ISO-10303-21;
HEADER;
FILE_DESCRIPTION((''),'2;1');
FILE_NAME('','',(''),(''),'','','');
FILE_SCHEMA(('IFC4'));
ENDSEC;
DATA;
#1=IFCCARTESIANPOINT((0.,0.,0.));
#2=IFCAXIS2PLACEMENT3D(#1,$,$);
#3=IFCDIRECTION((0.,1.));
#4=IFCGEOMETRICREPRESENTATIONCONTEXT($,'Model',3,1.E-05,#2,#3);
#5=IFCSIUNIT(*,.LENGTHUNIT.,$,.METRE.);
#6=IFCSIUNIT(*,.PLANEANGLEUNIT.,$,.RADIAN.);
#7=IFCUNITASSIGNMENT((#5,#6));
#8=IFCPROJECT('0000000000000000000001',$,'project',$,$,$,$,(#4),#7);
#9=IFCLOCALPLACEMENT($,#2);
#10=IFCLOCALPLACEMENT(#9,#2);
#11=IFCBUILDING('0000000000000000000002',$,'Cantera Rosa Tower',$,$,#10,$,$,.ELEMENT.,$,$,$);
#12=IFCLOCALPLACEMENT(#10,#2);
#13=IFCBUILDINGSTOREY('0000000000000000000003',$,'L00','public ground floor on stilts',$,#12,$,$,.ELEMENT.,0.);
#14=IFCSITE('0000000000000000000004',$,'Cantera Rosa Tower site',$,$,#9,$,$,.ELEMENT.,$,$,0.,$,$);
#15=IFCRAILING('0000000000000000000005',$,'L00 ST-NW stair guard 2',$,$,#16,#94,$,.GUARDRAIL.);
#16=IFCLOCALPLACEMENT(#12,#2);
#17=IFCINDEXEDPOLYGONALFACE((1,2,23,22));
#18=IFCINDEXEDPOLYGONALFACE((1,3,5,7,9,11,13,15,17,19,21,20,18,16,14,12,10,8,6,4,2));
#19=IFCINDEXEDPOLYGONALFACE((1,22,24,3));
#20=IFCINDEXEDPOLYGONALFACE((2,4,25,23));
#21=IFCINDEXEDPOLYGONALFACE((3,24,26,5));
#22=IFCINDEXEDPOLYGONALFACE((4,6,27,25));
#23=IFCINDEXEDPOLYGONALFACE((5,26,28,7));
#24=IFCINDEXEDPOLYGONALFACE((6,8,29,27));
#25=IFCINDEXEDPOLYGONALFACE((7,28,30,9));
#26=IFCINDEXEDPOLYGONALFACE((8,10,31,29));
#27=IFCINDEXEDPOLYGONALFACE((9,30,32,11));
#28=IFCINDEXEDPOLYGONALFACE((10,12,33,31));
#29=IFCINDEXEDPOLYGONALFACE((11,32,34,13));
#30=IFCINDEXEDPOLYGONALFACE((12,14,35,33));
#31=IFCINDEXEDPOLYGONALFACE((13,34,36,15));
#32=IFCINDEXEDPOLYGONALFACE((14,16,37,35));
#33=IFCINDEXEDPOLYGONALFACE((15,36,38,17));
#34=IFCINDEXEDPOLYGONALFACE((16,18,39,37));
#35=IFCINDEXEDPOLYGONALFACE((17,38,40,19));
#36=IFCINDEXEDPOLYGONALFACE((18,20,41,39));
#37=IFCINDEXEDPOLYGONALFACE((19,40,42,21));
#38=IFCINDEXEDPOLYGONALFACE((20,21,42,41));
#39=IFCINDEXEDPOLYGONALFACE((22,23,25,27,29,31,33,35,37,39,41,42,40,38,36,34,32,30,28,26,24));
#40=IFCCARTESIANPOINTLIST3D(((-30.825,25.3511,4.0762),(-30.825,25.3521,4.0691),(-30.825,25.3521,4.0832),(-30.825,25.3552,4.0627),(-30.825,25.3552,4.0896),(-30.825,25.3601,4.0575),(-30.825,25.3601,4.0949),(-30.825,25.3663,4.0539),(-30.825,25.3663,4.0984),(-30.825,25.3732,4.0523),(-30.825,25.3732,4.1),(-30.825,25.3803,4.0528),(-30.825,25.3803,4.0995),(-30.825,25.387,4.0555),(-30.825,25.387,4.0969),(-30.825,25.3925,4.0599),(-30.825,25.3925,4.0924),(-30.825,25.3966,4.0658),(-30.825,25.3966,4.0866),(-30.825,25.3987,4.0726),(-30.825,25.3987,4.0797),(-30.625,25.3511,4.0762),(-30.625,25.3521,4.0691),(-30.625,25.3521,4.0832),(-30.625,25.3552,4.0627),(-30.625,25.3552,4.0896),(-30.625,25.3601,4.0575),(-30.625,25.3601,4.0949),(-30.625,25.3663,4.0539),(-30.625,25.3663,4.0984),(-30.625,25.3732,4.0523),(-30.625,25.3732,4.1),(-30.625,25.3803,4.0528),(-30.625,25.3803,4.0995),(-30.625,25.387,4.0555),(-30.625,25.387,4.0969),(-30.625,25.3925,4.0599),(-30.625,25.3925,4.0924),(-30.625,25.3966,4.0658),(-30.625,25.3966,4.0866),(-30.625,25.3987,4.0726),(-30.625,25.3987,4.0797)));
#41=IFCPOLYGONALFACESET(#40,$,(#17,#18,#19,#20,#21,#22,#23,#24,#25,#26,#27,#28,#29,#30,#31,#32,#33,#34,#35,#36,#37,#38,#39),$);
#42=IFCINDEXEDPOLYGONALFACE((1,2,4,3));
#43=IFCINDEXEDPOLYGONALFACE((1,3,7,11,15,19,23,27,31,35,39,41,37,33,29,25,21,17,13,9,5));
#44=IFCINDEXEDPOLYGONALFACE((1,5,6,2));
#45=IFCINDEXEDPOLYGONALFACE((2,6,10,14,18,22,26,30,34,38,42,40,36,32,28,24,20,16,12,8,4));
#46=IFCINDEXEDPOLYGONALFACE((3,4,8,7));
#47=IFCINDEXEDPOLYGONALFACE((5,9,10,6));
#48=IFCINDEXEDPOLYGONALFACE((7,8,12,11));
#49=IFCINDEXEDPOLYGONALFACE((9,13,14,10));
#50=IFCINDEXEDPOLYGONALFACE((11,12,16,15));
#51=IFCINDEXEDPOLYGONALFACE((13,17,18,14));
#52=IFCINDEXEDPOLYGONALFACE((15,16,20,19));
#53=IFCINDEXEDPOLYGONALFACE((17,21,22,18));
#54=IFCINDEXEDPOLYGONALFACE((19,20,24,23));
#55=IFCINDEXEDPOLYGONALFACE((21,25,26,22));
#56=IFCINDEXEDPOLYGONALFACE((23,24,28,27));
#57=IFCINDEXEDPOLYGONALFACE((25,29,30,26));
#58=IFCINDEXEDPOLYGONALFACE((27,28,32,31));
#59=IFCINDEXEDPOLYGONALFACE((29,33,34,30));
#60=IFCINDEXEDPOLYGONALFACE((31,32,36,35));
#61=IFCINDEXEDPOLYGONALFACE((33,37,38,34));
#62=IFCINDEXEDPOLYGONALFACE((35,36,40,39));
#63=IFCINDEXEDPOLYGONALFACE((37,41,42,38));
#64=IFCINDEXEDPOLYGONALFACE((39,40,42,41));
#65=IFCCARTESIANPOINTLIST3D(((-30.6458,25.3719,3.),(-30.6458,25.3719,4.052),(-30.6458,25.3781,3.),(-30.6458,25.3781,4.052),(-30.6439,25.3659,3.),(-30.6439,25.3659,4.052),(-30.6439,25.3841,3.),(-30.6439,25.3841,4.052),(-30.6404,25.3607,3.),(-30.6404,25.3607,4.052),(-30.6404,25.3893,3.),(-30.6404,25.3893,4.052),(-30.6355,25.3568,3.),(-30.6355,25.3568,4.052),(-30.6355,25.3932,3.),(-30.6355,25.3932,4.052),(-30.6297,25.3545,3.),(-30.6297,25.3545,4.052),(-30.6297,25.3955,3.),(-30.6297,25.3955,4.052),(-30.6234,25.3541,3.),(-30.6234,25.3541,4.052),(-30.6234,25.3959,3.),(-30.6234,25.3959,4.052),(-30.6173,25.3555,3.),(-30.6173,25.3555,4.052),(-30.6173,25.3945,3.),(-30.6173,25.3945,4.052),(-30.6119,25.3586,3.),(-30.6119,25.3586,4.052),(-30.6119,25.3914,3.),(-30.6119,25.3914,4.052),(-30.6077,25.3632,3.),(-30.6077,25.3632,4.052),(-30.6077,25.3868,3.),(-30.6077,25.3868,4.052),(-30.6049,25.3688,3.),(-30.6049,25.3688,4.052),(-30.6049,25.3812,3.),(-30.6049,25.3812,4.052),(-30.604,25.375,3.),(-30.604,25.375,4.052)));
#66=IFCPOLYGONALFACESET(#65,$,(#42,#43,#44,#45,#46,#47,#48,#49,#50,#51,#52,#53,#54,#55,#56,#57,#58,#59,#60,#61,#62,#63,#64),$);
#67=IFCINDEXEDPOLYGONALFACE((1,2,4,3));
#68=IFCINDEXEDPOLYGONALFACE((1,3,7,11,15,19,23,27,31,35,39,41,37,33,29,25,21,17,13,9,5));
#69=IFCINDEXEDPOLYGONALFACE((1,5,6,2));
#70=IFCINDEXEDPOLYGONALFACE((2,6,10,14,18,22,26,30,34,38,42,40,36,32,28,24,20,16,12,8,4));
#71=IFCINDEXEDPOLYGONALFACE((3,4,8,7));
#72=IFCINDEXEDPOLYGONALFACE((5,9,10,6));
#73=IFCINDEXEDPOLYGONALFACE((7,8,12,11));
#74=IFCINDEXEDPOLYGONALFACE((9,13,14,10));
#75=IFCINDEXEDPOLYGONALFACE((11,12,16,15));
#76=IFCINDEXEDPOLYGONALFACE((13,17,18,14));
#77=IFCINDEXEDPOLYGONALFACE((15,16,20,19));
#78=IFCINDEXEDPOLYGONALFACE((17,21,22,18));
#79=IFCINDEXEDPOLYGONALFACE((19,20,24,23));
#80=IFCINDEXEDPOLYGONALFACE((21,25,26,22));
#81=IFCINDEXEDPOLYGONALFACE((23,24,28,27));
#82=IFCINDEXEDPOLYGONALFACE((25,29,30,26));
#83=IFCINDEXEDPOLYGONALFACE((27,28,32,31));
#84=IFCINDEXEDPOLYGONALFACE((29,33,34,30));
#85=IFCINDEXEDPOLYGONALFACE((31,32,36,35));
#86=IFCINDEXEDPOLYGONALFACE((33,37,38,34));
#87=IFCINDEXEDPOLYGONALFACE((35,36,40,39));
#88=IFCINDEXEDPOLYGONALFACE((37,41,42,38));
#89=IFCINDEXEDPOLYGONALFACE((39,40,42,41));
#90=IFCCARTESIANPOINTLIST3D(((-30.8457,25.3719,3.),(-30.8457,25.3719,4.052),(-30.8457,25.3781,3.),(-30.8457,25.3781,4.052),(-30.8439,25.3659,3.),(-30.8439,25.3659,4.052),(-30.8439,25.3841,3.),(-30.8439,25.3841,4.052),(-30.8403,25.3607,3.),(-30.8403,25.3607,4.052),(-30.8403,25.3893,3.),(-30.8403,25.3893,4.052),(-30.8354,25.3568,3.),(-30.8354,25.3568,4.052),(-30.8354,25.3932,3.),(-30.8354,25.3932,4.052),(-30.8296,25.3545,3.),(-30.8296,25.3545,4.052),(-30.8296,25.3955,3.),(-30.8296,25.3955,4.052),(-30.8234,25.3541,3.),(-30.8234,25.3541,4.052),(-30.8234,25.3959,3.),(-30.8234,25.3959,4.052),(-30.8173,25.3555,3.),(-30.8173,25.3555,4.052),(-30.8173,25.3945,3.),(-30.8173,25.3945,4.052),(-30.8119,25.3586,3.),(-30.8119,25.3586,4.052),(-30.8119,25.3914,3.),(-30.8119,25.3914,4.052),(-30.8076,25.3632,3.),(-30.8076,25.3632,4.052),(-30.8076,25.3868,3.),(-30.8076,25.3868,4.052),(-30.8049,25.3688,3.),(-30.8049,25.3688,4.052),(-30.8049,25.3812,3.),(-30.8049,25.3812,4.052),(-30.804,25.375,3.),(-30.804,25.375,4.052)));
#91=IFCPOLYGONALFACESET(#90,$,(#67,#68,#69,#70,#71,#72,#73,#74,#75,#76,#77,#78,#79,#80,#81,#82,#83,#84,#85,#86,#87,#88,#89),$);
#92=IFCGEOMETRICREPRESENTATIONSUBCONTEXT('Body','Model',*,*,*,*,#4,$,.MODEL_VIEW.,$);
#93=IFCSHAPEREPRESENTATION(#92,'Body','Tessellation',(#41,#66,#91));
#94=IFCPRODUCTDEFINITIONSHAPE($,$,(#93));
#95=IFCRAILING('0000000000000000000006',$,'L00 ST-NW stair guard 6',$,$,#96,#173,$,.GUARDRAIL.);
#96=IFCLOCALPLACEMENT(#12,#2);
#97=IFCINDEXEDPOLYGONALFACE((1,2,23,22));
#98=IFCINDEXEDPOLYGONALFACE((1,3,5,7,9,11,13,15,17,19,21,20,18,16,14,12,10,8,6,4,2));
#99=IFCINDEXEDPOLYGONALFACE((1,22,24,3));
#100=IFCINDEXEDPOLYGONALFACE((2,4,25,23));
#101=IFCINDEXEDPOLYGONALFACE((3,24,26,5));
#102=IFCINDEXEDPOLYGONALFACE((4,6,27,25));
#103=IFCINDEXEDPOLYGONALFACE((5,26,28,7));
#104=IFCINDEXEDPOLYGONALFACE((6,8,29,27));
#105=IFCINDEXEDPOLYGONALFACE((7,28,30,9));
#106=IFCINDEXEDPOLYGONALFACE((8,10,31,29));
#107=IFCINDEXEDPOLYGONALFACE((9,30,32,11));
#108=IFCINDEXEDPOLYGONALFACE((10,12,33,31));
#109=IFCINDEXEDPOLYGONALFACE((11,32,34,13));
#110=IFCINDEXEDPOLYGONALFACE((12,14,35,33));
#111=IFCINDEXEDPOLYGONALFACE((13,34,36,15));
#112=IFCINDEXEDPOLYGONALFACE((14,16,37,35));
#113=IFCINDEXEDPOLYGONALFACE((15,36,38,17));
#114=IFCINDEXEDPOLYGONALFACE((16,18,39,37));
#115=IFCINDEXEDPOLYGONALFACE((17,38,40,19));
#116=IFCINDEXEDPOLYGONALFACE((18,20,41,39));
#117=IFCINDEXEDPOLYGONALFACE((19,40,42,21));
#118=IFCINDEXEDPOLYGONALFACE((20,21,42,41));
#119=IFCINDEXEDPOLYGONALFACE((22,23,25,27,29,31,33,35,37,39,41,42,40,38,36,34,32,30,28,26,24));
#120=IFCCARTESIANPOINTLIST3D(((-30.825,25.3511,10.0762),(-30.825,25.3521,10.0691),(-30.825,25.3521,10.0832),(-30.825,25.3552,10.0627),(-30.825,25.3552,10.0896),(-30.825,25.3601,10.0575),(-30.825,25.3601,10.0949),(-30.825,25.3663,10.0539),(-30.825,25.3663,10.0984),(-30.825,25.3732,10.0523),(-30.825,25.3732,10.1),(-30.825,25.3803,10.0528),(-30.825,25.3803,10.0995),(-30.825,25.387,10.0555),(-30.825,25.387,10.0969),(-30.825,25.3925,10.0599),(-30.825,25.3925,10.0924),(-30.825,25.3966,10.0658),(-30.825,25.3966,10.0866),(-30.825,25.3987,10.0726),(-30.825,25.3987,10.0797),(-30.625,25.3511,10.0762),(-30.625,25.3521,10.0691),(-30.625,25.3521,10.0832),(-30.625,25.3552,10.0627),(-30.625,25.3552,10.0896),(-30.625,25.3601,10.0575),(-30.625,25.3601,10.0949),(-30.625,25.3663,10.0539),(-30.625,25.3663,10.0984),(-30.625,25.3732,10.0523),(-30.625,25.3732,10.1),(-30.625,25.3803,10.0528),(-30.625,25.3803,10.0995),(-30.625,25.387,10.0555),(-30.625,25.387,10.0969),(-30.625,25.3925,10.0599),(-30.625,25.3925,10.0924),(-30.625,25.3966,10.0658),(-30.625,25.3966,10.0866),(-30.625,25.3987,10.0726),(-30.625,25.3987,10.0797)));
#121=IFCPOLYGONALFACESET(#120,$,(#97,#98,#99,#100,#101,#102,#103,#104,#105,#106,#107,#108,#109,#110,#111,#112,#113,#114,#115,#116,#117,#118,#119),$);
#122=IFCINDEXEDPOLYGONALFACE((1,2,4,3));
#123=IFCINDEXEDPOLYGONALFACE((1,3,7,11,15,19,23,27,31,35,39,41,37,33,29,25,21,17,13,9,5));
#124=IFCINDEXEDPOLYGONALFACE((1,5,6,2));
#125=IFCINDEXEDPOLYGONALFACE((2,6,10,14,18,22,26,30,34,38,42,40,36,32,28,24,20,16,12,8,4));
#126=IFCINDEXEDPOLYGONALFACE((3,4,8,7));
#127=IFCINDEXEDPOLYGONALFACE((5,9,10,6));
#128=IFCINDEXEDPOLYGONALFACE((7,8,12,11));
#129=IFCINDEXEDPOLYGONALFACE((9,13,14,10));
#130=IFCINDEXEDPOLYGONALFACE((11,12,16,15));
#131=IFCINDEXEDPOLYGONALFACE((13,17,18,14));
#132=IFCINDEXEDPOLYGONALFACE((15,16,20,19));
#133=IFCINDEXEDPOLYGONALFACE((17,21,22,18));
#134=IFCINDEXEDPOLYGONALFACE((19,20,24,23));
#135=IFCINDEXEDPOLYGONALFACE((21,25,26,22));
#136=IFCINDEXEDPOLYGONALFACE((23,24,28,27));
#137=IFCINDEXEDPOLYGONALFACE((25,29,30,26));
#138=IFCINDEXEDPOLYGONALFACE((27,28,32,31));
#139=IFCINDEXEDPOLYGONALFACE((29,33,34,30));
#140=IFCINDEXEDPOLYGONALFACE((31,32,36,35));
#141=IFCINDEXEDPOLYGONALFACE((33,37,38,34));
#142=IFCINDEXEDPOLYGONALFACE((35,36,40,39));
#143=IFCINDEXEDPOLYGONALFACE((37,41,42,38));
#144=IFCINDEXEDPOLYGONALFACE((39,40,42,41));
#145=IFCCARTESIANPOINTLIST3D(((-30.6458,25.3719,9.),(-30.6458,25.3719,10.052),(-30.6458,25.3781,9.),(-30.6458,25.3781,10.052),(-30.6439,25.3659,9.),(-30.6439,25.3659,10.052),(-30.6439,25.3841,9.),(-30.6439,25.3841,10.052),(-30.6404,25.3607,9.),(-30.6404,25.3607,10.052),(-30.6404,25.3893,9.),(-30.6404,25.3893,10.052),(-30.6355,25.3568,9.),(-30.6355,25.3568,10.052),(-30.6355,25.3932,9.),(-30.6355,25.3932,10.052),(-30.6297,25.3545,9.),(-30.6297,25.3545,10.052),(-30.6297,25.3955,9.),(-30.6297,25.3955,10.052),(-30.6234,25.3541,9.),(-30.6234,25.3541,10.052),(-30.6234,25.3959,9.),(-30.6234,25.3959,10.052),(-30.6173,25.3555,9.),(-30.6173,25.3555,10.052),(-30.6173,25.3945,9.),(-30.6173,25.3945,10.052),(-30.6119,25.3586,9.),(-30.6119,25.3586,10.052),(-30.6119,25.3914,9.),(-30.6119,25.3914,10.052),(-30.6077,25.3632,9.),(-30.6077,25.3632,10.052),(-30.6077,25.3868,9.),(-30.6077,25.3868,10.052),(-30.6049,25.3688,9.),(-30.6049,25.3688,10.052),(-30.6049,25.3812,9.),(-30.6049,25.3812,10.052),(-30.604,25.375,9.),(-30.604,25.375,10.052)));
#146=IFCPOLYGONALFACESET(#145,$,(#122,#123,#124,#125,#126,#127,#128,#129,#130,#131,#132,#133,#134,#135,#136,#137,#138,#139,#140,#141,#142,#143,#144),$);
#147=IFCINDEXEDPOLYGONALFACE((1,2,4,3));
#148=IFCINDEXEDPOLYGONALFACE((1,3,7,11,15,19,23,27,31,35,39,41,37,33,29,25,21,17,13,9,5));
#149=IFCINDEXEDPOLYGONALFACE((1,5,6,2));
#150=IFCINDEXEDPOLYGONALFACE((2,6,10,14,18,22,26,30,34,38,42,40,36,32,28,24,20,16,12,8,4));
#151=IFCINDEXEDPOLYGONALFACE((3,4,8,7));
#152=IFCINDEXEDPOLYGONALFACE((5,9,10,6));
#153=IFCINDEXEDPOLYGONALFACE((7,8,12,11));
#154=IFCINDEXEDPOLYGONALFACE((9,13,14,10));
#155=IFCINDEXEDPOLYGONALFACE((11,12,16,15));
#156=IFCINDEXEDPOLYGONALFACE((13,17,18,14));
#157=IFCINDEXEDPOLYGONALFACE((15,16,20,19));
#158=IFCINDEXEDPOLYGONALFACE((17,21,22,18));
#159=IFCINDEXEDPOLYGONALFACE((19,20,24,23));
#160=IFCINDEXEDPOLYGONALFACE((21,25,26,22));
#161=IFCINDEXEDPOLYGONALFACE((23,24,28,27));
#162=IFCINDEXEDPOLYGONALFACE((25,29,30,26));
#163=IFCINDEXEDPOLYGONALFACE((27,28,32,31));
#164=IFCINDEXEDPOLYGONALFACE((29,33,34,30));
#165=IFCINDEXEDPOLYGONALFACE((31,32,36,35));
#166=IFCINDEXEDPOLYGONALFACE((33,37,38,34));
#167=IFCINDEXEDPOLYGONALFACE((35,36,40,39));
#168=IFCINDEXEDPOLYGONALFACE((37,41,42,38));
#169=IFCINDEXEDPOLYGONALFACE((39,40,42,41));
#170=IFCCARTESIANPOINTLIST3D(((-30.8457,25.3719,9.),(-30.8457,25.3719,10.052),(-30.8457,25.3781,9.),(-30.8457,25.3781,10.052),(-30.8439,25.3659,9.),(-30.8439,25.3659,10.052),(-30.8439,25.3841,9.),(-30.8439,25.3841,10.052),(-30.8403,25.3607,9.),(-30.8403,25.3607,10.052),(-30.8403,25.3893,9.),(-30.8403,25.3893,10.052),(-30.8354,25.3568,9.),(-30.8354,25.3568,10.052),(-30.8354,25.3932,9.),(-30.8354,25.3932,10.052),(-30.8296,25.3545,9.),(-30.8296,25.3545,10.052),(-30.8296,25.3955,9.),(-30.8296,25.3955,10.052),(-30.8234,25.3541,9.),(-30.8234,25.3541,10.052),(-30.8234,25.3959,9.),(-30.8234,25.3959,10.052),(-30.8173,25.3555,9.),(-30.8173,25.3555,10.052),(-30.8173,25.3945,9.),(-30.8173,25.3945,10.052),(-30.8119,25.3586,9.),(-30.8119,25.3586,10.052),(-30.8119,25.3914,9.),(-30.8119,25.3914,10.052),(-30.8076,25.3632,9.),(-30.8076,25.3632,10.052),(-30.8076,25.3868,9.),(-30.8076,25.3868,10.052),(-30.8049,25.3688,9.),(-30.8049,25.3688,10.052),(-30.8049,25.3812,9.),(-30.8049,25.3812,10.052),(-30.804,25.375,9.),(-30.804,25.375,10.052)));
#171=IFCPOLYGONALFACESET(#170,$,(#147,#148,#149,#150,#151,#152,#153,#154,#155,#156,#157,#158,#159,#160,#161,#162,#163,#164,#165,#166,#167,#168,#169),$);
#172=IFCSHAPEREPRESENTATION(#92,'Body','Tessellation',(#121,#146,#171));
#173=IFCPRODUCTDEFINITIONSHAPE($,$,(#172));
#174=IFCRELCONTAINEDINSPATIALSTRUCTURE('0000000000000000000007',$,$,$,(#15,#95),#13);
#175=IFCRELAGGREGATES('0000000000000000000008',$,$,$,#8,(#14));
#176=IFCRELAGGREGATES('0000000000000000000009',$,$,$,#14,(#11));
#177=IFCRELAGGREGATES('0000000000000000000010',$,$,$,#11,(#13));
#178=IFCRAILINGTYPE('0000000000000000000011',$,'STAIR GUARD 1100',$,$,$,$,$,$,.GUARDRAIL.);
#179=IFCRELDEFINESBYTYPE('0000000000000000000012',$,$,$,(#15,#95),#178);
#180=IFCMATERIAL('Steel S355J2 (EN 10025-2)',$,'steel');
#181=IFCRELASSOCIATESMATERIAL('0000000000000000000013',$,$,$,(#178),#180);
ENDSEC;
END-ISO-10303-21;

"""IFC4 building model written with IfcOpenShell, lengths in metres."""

from ifc_helpers import new_model, si_unit, direction, frame, origin, origin_2d, place, context, subcontext, project, spatial, circle, extrude, material, type_object, element, save


model = new_model("IFC4")

# Units and contexts
model_context = context("Model", 3, precision=1e-05, world=origin(), true_north=direction((0.0, 1.0)))
body_context = subcontext(model_context, "Body", "Model", "MODEL_VIEW")
ifc_project = project(units=[si_unit("LENGTHUNIT", "METRE"), si_unit("PLANEANGLEUNIT", "RADIAN")], contexts=[model_context])

# Site, building, storey
site_placement = place(None, origin())
site = spatial("IfcSite", under=ifc_project, at=site_placement, Name="Cantera Rosa Tower site", CompositionType="ELEMENT", RefElevation=0.0)
building_placement = place(site_placement, origin())
building = spatial("IfcBuilding", under=site, at=building_placement, Name="Cantera Rosa Tower", CompositionType="ELEMENT")
storey_placement = place(building_placement, origin())
storey = spatial("IfcBuildingStorey", under=building, at=storey_placement, Name="L00", Description="public ground floor on stilts", CompositionType="ELEMENT", Elevation=0.0)

# Railings
ifc_material_1 = material(Name="Steel S355J2 (EN 10025-2)", Category="steel")
railing_type_1 = type_object("IfcRailingType", Name="STAIR GUARD 1100", PredefinedType="GUARDRAIL", material=ifc_material_1)
for number, where, name in (
    (1, (-30.625, 25.375, 3.0), "L00 ST-NW stair guard 2"),
    (2, (-30.625, 25.375, 9.0), "L00 ST-NW stair guard 6"),
):
    element("IfcRailing", number, at=place(storey_placement, frame(where)), inside=storey, type_object=railing_type_1, Name=name, PredefinedType="GUARDRAIL", context=body_context, shape_type="SweptSolid", body=[
        extrude(circle(Radius=0.0239, at=origin_2d()), frame((0.0, 0.0, 1.0762), z_axis=(-1.0, 0.0, 0.0), x_axis=(0.0, -1.0, 0.0)), (0.0, 0.0, 1.0), 0.2),
        extrude(circle(Radius=0.021, at=origin_2d()), origin(), (0.0, 0.0, 1.0), 1.052),
        extrude(circle(Radius=0.021, at=origin_2d()), frame((-0.2, 0.0, 0.0)), (0.0, 0.0, 1.0), 1.052),
    ])

save(model, "model.ifc")
